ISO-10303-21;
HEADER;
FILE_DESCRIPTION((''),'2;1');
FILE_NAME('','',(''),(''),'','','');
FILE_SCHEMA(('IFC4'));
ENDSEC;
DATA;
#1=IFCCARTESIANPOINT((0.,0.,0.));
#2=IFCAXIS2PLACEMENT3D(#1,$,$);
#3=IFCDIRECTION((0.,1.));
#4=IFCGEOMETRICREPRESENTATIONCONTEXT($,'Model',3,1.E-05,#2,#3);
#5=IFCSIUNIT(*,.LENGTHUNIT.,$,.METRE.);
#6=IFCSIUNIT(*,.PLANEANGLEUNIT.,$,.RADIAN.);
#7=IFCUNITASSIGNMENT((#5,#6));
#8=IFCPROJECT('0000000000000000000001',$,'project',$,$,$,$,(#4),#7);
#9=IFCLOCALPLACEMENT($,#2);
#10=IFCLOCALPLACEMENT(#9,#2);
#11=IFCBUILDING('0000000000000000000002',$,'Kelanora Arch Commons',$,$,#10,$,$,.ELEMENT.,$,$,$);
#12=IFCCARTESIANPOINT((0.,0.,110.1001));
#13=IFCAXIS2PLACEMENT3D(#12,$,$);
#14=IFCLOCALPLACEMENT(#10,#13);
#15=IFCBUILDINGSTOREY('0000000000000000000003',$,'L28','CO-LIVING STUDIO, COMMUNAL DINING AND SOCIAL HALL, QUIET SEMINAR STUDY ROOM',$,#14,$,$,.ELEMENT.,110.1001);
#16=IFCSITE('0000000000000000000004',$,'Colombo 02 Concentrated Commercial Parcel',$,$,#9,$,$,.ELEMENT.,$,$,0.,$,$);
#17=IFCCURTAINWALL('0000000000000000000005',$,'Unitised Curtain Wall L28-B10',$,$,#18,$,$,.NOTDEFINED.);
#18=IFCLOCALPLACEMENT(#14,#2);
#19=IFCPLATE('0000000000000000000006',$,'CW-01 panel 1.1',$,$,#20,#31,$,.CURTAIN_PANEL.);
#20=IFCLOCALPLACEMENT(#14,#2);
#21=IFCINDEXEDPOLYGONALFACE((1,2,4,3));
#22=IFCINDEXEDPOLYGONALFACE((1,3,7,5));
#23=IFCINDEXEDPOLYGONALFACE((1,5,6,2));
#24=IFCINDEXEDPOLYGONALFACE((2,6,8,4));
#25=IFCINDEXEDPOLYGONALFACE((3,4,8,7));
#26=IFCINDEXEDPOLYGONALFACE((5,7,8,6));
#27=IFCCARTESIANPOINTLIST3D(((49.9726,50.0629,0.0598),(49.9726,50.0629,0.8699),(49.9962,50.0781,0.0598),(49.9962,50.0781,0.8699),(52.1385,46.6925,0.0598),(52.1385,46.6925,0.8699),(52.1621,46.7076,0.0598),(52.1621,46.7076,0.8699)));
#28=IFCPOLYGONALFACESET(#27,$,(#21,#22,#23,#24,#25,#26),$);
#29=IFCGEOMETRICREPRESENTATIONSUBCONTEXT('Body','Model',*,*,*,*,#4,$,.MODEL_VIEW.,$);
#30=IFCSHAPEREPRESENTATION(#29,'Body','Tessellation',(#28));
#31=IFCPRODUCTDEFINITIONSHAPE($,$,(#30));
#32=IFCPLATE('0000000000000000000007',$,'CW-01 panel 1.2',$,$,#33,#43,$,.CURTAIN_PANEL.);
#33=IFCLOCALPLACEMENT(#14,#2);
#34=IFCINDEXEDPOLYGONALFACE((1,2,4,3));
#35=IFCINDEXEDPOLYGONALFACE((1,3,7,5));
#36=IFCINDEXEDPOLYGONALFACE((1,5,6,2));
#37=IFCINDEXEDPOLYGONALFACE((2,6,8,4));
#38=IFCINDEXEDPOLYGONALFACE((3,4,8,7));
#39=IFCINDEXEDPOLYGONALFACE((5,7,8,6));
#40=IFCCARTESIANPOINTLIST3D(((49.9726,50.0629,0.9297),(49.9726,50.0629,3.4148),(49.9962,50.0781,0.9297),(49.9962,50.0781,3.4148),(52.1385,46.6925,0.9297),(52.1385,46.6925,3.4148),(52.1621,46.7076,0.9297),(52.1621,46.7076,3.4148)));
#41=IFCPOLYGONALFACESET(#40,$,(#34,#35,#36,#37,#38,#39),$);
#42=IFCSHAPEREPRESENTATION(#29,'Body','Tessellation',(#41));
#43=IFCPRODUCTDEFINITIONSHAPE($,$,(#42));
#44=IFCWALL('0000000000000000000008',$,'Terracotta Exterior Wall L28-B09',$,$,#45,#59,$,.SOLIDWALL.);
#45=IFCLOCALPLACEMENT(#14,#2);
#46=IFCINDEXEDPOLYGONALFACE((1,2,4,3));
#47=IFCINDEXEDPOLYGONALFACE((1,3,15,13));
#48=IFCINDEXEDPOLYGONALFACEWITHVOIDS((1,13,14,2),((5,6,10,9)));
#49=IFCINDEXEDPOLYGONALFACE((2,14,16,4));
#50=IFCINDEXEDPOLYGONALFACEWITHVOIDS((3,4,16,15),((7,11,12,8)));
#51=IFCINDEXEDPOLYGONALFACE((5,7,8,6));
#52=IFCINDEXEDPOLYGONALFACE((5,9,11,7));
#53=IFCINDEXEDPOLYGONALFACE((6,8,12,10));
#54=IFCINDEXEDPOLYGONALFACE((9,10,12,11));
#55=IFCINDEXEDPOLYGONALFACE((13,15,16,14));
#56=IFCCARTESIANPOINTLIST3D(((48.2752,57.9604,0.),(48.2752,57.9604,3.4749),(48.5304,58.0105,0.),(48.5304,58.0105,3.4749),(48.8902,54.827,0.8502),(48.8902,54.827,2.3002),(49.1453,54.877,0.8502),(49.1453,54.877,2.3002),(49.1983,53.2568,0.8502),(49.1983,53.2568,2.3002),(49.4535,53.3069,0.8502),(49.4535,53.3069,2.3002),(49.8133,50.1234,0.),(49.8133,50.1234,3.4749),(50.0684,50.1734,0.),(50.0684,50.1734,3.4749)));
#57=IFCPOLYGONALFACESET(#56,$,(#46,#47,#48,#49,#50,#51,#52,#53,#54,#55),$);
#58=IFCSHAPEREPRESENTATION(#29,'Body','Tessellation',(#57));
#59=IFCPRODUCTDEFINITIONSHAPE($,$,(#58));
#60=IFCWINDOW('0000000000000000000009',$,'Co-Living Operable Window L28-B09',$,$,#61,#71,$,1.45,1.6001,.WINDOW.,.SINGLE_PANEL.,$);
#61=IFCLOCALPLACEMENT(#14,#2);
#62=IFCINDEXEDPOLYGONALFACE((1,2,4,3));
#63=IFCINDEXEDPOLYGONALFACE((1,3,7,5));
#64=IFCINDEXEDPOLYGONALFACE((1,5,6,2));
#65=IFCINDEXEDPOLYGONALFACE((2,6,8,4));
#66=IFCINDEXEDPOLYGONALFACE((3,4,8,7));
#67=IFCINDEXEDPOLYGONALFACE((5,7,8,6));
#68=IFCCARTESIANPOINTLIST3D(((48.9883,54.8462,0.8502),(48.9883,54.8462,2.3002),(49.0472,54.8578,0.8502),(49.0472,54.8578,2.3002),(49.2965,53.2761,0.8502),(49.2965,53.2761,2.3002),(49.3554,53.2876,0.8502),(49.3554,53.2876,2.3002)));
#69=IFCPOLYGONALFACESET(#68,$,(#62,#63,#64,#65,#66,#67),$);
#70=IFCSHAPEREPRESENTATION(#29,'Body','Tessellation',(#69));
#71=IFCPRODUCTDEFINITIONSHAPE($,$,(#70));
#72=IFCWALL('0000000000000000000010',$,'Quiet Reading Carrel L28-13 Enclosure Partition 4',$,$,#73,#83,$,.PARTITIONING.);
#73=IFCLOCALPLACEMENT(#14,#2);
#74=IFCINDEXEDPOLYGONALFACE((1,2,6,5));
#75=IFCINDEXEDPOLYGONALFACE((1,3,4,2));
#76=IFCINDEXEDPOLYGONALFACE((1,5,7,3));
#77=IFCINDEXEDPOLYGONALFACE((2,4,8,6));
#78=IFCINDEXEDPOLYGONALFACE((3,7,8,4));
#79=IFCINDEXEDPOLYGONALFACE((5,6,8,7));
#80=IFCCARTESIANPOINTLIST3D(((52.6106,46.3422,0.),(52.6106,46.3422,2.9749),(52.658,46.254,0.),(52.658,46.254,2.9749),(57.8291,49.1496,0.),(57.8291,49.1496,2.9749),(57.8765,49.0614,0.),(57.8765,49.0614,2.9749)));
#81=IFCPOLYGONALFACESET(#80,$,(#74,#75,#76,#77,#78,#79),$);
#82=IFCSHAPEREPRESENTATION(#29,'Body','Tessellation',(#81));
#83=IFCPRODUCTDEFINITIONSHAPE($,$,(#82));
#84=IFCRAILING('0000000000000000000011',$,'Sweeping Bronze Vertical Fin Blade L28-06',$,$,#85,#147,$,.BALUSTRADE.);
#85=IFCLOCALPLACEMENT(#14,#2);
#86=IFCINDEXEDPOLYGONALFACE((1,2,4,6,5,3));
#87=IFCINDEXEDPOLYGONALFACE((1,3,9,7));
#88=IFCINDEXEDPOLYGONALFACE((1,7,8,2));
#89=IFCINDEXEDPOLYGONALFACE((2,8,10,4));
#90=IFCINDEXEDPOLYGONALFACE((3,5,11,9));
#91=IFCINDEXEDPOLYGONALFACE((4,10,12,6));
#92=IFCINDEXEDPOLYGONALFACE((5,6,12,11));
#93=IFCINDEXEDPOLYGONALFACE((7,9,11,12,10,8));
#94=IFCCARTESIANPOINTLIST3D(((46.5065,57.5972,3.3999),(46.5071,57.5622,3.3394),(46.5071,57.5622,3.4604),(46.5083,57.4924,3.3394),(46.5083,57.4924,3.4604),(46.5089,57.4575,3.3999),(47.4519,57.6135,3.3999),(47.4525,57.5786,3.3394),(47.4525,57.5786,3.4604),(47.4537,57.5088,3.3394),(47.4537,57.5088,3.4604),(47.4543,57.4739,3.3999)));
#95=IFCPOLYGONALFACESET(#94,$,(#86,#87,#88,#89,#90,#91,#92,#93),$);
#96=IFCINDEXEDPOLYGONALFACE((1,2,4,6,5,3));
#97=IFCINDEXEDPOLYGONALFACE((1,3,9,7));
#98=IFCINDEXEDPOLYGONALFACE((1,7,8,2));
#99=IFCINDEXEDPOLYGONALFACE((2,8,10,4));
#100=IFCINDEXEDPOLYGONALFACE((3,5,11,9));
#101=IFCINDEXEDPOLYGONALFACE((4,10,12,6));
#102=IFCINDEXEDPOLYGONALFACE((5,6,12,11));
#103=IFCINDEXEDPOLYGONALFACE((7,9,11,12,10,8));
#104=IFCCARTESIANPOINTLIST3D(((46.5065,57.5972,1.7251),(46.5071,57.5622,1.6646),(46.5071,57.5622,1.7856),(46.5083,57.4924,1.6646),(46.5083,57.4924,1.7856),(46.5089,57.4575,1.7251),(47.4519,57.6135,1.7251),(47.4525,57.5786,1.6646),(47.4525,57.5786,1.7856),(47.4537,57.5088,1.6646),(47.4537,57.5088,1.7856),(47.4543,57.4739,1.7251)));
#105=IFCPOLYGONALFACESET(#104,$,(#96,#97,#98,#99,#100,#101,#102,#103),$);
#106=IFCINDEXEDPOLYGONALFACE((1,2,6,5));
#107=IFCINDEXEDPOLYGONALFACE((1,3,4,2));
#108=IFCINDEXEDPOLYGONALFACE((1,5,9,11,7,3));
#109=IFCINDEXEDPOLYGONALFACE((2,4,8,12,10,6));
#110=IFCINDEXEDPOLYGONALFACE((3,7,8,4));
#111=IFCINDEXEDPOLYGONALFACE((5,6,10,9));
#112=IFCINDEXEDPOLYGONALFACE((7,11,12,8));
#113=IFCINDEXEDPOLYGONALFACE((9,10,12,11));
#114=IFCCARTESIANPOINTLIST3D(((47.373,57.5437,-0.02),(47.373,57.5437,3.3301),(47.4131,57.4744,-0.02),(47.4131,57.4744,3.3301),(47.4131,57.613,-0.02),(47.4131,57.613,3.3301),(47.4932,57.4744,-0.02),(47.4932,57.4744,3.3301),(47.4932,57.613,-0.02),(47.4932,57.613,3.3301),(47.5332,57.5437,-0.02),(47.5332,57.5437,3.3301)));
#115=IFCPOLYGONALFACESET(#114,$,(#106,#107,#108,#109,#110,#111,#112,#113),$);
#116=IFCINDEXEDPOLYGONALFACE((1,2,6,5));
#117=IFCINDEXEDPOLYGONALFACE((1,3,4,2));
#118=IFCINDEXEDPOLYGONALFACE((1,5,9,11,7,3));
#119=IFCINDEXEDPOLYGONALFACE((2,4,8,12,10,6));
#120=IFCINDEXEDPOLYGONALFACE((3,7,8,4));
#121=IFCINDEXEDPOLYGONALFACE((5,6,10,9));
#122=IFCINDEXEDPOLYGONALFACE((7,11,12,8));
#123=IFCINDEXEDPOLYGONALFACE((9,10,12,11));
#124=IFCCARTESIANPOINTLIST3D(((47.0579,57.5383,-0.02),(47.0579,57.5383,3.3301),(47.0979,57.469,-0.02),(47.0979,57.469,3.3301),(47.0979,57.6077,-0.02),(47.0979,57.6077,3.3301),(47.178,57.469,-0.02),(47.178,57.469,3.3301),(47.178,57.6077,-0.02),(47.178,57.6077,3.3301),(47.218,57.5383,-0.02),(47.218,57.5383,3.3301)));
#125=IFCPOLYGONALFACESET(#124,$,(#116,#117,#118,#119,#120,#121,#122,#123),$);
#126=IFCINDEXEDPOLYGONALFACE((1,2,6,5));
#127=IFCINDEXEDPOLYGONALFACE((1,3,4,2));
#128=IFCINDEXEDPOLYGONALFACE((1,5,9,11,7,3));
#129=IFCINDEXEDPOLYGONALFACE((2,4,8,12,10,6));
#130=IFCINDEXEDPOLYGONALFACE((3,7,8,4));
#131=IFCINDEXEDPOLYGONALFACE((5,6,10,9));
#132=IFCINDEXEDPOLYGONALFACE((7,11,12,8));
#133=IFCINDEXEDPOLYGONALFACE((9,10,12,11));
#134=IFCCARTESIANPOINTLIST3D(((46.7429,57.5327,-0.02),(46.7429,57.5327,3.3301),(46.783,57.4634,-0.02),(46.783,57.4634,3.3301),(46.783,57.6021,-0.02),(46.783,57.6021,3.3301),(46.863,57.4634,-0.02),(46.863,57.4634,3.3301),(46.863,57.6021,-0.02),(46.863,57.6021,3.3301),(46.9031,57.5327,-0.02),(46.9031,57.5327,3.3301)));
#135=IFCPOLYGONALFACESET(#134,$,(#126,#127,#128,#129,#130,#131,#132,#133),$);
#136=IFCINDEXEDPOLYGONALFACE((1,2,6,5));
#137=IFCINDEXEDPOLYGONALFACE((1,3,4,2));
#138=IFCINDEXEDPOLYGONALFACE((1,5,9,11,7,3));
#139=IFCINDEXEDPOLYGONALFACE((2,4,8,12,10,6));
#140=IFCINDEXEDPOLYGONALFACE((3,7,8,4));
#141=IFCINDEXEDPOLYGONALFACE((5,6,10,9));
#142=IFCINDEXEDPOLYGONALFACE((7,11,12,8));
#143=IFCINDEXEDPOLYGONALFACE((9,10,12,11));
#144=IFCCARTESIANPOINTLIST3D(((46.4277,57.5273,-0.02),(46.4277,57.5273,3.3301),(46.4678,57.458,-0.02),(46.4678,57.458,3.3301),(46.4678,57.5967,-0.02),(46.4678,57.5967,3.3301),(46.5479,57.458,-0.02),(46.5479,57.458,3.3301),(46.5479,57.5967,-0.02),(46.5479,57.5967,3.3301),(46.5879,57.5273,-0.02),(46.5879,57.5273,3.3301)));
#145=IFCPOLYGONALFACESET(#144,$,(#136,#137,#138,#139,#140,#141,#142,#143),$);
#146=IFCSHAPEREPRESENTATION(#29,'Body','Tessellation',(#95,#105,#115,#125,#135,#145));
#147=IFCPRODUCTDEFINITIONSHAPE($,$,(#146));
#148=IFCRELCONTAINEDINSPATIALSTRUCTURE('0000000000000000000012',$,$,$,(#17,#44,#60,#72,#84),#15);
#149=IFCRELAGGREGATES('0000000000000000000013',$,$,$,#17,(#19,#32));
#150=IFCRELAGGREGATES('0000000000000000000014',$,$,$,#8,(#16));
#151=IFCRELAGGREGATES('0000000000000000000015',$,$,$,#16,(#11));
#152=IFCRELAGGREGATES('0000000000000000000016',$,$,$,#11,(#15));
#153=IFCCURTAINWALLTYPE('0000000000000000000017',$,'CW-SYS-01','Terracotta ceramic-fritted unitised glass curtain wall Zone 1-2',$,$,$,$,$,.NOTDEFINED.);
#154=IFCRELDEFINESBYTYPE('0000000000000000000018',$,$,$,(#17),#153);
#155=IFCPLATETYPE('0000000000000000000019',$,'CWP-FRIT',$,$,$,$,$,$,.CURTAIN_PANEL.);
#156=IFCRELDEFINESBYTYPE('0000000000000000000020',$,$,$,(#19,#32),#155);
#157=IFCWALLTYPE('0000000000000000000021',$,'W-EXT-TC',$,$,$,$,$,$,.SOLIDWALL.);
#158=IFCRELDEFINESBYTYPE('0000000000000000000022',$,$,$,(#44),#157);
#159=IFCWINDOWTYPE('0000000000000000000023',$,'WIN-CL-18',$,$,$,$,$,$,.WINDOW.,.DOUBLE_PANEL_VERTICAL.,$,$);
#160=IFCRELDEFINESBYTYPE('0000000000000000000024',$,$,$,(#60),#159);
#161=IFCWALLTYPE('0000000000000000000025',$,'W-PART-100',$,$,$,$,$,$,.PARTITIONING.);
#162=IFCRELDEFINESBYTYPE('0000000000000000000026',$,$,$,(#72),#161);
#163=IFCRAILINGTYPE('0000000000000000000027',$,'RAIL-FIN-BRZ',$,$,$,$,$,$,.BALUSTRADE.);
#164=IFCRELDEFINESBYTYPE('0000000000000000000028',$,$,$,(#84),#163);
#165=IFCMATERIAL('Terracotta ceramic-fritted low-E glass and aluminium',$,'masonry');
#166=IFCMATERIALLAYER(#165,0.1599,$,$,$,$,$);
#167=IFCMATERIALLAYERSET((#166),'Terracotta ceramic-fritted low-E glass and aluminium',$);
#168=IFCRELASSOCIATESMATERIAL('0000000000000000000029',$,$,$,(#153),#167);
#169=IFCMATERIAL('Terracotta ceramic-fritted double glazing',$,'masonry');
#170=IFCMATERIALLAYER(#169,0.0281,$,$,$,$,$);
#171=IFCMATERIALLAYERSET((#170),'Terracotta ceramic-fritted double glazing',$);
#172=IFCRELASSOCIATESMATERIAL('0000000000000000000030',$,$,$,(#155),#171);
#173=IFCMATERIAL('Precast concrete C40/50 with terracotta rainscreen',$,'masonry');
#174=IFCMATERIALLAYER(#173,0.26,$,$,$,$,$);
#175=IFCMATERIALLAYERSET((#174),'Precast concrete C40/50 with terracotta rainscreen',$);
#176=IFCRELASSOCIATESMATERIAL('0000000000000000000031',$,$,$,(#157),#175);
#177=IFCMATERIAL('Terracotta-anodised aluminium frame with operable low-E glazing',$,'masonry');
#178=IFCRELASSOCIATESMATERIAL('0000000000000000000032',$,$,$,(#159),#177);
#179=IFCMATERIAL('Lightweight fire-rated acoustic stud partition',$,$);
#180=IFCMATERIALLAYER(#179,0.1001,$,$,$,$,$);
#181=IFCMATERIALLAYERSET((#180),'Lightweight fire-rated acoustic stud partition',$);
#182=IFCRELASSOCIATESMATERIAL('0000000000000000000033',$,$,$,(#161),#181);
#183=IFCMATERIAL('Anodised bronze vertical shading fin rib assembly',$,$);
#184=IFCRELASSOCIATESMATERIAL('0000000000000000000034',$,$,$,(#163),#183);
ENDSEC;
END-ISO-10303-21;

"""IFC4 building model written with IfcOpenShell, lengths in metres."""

from ifc_helpers import new_model, si_unit, direction, frame, frame_2d, origin, origin_2d, place, context, subcontext, project, spatial, polyline, rectangle, outline, extrude, source, transform, mapped, material, layer, layer_set, type_object, element, fill, aggregate, save


model = new_model("IFC4")

# Units and contexts
model_context = context("Model", 3, precision=1e-05, world=origin(), true_north=direction((0.0, 1.0)))
body_context = subcontext(model_context, "Body", "Model", "MODEL_VIEW")
ifc_project = project(units=[si_unit("LENGTHUNIT", "METRE"), si_unit("PLANEANGLEUNIT", "RADIAN")], contexts=[model_context])

# Site, building, storey
site_placement = place(None, origin())
site = spatial("IfcSite", under=ifc_project, at=site_placement, Name="Colombo 02 Concentrated Commercial Parcel", CompositionType="ELEMENT", RefElevation=0.0)
building_placement = place(site_placement, origin())
building = spatial("IfcBuilding", under=site, at=building_placement, Name="Kelanora Arch Commons", CompositionType="ELEMENT")
storey_placement = place(building_placement, frame((0.0, 0.0, 110.1001)))
storey = spatial("IfcBuildingStorey", under=building, at=storey_placement, Name="L28", Description="CO-LIVING STUDIO, COMMUNAL DINING AND SOCIAL HALL, QUIET SEMINAR STUDY ROOM", CompositionType="ELEMENT", Elevation=110.1001)

# Shared definitions
ifc_material_1 = material(Name="Terracotta ceramic-fritted low-E glass and aluminium", Category="masonry")
ifc_layer_1 = layer(ifc_material_1, 0.1599)
ifc_layer_set_1 = layer_set([ifc_layer_1], Name="Terracotta ceramic-fritted low-E glass and aluminium")
curtain_wall_type = type_object("IfcCurtainWallType", Name="CW-SYS-01", Description="Terracotta ceramic-fritted unitised glass curtain wall Zone 1-2", PredefinedType="NOTDEFINED", material=ifc_layer_set_1)

# Curtain wall
curtain_wall_1_placement = place(storey_placement, origin())
curtain_wall_1 = element("IfcCurtainWall", 1, at=curtain_wall_1_placement, inside=storey, type_object=curtain_wall_type, Name="Unitised Curtain Wall L28-B10", PredefinedType="NOTDEFINED")

# Plates
ifc_material_2 = material(Name="Terracotta ceramic-fritted double glazing", Category="masonry")
ifc_layer_2 = layer(ifc_material_2, 0.0281)
ifc_layer_set_2 = layer_set([ifc_layer_2], Name="Terracotta ceramic-fritted double glazing")
plate_type = type_object("IfcPlateType", Name="CWP-FRIT", PredefinedType="CURTAIN_PANEL", material=ifc_layer_set_2)
shared_shape_1 = source(origin(), body_context, "Body", "SweptSolid", [
    extrude(rectangle(XDim=4.0063, YDim=0.0281, at=origin_2d()), origin(), (0.0, 0.0, 1.0), 0.8101),
])
plate_1_placement = place(storey_placement, frame((51.0674, 48.3853, 0.0598), z_axis=(0.0, 0.0, 1.0), x_axis=(0.540617, -0.841269, 0.0)))
plate_1 = element("IfcPlate", 2, at=plate_1_placement, type_object=plate_type, Name="CW-01 panel 1.1", PredefinedType="CURTAIN_PANEL", context=body_context, shape_type="MappedRepresentation", body=[
    mapped(shared_shape_1, transform((0.0, 0.0, 0.0), scale=1.0)),
])
shared_shape_2 = source(origin(), body_context, "Body", "SweptSolid", [
    extrude(rectangle(XDim=4.0063, YDim=0.0281, at=origin_2d()), origin(), (0.0, 0.0, 1.0), 2.4851),
])
plate_2_placement = place(storey_placement, frame((51.0674, 48.3853, 0.9297), z_axis=(0.0, 0.0, 1.0), x_axis=(0.540617, -0.841269, 0.0)))
plate_2 = element("IfcPlate", 3, at=plate_2_placement, type_object=plate_type, Name="CW-01 panel 1.2", PredefinedType="CURTAIN_PANEL", context=body_context, shape_type="MappedRepresentation", body=[
    mapped(shared_shape_2, transform((0.0, 0.0, 0.0), scale=1.0)),
])
aggregate(curtain_wall_1, [plate_1, plate_2])

# Wall, opening, window
ifc_material_3 = material(Name="Precast concrete C40/50 with terracotta rainscreen", Category="masonry")
ifc_layer_3 = layer(ifc_material_3, 0.26)
ifc_layer_set_3 = layer_set([ifc_layer_3], Name="Precast concrete C40/50 with terracotta rainscreen")
wall_type_1 = type_object("IfcWallType", Name="W-EXT-TC", PredefinedType="SOLIDWALL", material=ifc_layer_set_3)
wall_1_placement = place(storey_placement, frame((48.4028, 57.9854, 0.0), z_axis=(0.0, 0.0, 1.0), x_axis=(0.192582, -0.981281, 0.0)))
wall_1 = element("IfcWall", 4, at=wall_1_placement, inside=storey, type_object=wall_type_1, Name="Terracotta Exterior Wall L28-B09", PredefinedType="SOLIDWALL", context=body_context, shape_type="SweptSolid", body=[
    extrude(rectangle(XDim=7.9866, YDim=0.26, at=frame_2d((3.9932, 0.0))), origin(), (0.0, 0.0, 1.0), 3.4749),
])
opening_placement = place(wall_1_placement, frame((3.1931, 0.0, 0.8501)))
opening = element("IfcOpeningElement", 5, at=opening_placement, cuts=wall_1, PredefinedType="OPENING", context=body_context, shape_type="SweptSolid", body=[
    extrude(rectangle(XDim=1.6001, YDim=1.45, at=frame_2d((0.8, 0.7251))), frame((0.0, 0.1401, 0.0), z_axis=(0.0, -1.0, 0.0), x_axis=(1.0, 0.0, 0.0)), (0.0, 0.0, 1.0), 0.28),
])
ifc_material_4 = material(Name="Terracotta-anodised aluminium frame with operable low-E glazing", Category="masonry")
window_type = type_object("IfcWindowType", Name="WIN-CL-18", PartitioningType="DOUBLE_PANEL_VERTICAL", PredefinedType="WINDOW", material=ifc_material_4)
window_placement = place(opening_placement, origin())
window = element("IfcWindow", 6, at=window_placement, inside=storey, type_object=window_type, Name="Co-Living Operable Window L28-B09", OverallHeight=1.45, OverallWidth=1.6001, PartitioningType="SINGLE_PANEL", PredefinedType="WINDOW", context=body_context, shape_type="SweptSolid", body=[
    extrude(rectangle(XDim=1.6001, YDim=1.45, at=frame_2d((0.8, 0.7251))), frame((0.0, 0.03, 0.0), z_axis=(0.0, -1.0, 0.0), x_axis=(1.0, 0.0, 0.0)), (0.0, 0.0, 1.0), 0.0601),
])
fill(opening, window)

# Wall
ifc_material_5 = material(Name="Lightweight fire-rated acoustic stud partition")
ifc_layer_4 = layer(ifc_material_5, 0.1001)
ifc_layer_set_4 = layer_set([ifc_layer_4], Name="Lightweight fire-rated acoustic stud partition")
wall_type_2 = type_object("IfcWallType", Name="W-PART-100", PredefinedType="PARTITIONING", material=ifc_layer_set_4)
wall_2_placement = place(storey_placement, frame((52.6343, 46.2981, 0.0), z_axis=(0.0, 0.0, 1.0), x_axis=(0.880654, 0.473761, 0.0)))
element("IfcWall", 7, at=wall_2_placement, inside=storey, type_object=wall_type_2, Name="Quiet Reading Carrel L28-13 Enclosure Partition 4", PredefinedType="PARTITIONING", context=body_context, shape_type="SweptSolid", body=[
    extrude(rectangle(XDim=5.9258, YDim=0.1001, at=frame_2d((2.9629, 0.0))), origin(), (0.0, 0.0, 1.0), 2.9749),
])

# Railing
ifc_material_6 = material(Name="Anodised bronze vertical shading fin rib assembly")
railing_type = type_object("IfcRailingType", Name="RAIL-FIN-BRZ", PredefinedType="BALUSTRADE", material=ifc_material_6)
railing_1_placement = place(storey_placement, frame((47.4531, 57.5437, -0.02)))
element("IfcRailing", 8, at=railing_1_placement, inside=storey, type_object=railing_type, Name="Sweeping Bronze Vertical Fin Blade L28-06", PredefinedType="BALUSTRADE", context=body_context, shape_type="SweptSolid", body=[
    extrude(outline(polyline([(0.0698, 0.0), (0.0349, 0.0605), (-0.0349, 0.0605), (-0.0698, 0.0), (-0.0349, -0.0605), (0.0349, -0.0605), (0.0698, 0.0)])), frame((0.0, 0.0, 3.4199), z_axis=(-0.99985, -0.017301, 0.0), x_axis=(0.017301, -0.99985, 0.0)), (0.0, 0.0, 1.0), 0.9456),
    extrude(outline(polyline([(0.0698, 0.0), (0.0349, 0.0605), (-0.0349, 0.0605), (-0.0698, 0.0), (-0.0349, -0.0605), (0.0349, -0.0605), (0.0698, 0.0)])), frame((0.0, 0.0, 1.7451), z_axis=(-0.99985, -0.017301, 0.0), x_axis=(0.017301, -0.99985, 0.0)), (0.0, 0.0, 1.0), 0.9456),
    extrude(outline(polyline([(0.0801, 0.0), (0.04, 0.0693), (-0.04, 0.0693), (-0.0801, 0.0), (-0.04, -0.0693), (0.04, -0.0693), (0.0801, 0.0)])), origin(), (0.0, 0.0, 1.0), 3.3501),
    extrude(outline(polyline([(0.0801, 0.0), (0.04, 0.0693), (-0.04, 0.0693), (-0.0801, 0.0), (-0.04, -0.0693), (0.04, -0.0693), (0.0801, 0.0)])), frame((-0.3152, -0.0054, 0.0)), (0.0, 0.0, 1.0), 3.3501),
    extrude(outline(polyline([(0.0801, 0.0), (0.04, 0.0693), (-0.04, 0.0693), (-0.0801, 0.0), (-0.04, -0.0693), (0.04, -0.0693), (0.0801, 0.0)])), frame((-0.6301, -0.011, 0.0)), (0.0, 0.0, 1.0), 3.3501),
    extrude(outline(polyline([(0.0801, 0.0), (0.04, 0.0693), (-0.04, 0.0693), (-0.0801, 0.0), (-0.04, -0.0693), (0.04, -0.0693), (0.0801, 0.0)])), frame((-0.9453, -0.0164, 0.0)), (0.0, 0.0, 1.0), 3.3501),
])

save(model, "model.ifc")
